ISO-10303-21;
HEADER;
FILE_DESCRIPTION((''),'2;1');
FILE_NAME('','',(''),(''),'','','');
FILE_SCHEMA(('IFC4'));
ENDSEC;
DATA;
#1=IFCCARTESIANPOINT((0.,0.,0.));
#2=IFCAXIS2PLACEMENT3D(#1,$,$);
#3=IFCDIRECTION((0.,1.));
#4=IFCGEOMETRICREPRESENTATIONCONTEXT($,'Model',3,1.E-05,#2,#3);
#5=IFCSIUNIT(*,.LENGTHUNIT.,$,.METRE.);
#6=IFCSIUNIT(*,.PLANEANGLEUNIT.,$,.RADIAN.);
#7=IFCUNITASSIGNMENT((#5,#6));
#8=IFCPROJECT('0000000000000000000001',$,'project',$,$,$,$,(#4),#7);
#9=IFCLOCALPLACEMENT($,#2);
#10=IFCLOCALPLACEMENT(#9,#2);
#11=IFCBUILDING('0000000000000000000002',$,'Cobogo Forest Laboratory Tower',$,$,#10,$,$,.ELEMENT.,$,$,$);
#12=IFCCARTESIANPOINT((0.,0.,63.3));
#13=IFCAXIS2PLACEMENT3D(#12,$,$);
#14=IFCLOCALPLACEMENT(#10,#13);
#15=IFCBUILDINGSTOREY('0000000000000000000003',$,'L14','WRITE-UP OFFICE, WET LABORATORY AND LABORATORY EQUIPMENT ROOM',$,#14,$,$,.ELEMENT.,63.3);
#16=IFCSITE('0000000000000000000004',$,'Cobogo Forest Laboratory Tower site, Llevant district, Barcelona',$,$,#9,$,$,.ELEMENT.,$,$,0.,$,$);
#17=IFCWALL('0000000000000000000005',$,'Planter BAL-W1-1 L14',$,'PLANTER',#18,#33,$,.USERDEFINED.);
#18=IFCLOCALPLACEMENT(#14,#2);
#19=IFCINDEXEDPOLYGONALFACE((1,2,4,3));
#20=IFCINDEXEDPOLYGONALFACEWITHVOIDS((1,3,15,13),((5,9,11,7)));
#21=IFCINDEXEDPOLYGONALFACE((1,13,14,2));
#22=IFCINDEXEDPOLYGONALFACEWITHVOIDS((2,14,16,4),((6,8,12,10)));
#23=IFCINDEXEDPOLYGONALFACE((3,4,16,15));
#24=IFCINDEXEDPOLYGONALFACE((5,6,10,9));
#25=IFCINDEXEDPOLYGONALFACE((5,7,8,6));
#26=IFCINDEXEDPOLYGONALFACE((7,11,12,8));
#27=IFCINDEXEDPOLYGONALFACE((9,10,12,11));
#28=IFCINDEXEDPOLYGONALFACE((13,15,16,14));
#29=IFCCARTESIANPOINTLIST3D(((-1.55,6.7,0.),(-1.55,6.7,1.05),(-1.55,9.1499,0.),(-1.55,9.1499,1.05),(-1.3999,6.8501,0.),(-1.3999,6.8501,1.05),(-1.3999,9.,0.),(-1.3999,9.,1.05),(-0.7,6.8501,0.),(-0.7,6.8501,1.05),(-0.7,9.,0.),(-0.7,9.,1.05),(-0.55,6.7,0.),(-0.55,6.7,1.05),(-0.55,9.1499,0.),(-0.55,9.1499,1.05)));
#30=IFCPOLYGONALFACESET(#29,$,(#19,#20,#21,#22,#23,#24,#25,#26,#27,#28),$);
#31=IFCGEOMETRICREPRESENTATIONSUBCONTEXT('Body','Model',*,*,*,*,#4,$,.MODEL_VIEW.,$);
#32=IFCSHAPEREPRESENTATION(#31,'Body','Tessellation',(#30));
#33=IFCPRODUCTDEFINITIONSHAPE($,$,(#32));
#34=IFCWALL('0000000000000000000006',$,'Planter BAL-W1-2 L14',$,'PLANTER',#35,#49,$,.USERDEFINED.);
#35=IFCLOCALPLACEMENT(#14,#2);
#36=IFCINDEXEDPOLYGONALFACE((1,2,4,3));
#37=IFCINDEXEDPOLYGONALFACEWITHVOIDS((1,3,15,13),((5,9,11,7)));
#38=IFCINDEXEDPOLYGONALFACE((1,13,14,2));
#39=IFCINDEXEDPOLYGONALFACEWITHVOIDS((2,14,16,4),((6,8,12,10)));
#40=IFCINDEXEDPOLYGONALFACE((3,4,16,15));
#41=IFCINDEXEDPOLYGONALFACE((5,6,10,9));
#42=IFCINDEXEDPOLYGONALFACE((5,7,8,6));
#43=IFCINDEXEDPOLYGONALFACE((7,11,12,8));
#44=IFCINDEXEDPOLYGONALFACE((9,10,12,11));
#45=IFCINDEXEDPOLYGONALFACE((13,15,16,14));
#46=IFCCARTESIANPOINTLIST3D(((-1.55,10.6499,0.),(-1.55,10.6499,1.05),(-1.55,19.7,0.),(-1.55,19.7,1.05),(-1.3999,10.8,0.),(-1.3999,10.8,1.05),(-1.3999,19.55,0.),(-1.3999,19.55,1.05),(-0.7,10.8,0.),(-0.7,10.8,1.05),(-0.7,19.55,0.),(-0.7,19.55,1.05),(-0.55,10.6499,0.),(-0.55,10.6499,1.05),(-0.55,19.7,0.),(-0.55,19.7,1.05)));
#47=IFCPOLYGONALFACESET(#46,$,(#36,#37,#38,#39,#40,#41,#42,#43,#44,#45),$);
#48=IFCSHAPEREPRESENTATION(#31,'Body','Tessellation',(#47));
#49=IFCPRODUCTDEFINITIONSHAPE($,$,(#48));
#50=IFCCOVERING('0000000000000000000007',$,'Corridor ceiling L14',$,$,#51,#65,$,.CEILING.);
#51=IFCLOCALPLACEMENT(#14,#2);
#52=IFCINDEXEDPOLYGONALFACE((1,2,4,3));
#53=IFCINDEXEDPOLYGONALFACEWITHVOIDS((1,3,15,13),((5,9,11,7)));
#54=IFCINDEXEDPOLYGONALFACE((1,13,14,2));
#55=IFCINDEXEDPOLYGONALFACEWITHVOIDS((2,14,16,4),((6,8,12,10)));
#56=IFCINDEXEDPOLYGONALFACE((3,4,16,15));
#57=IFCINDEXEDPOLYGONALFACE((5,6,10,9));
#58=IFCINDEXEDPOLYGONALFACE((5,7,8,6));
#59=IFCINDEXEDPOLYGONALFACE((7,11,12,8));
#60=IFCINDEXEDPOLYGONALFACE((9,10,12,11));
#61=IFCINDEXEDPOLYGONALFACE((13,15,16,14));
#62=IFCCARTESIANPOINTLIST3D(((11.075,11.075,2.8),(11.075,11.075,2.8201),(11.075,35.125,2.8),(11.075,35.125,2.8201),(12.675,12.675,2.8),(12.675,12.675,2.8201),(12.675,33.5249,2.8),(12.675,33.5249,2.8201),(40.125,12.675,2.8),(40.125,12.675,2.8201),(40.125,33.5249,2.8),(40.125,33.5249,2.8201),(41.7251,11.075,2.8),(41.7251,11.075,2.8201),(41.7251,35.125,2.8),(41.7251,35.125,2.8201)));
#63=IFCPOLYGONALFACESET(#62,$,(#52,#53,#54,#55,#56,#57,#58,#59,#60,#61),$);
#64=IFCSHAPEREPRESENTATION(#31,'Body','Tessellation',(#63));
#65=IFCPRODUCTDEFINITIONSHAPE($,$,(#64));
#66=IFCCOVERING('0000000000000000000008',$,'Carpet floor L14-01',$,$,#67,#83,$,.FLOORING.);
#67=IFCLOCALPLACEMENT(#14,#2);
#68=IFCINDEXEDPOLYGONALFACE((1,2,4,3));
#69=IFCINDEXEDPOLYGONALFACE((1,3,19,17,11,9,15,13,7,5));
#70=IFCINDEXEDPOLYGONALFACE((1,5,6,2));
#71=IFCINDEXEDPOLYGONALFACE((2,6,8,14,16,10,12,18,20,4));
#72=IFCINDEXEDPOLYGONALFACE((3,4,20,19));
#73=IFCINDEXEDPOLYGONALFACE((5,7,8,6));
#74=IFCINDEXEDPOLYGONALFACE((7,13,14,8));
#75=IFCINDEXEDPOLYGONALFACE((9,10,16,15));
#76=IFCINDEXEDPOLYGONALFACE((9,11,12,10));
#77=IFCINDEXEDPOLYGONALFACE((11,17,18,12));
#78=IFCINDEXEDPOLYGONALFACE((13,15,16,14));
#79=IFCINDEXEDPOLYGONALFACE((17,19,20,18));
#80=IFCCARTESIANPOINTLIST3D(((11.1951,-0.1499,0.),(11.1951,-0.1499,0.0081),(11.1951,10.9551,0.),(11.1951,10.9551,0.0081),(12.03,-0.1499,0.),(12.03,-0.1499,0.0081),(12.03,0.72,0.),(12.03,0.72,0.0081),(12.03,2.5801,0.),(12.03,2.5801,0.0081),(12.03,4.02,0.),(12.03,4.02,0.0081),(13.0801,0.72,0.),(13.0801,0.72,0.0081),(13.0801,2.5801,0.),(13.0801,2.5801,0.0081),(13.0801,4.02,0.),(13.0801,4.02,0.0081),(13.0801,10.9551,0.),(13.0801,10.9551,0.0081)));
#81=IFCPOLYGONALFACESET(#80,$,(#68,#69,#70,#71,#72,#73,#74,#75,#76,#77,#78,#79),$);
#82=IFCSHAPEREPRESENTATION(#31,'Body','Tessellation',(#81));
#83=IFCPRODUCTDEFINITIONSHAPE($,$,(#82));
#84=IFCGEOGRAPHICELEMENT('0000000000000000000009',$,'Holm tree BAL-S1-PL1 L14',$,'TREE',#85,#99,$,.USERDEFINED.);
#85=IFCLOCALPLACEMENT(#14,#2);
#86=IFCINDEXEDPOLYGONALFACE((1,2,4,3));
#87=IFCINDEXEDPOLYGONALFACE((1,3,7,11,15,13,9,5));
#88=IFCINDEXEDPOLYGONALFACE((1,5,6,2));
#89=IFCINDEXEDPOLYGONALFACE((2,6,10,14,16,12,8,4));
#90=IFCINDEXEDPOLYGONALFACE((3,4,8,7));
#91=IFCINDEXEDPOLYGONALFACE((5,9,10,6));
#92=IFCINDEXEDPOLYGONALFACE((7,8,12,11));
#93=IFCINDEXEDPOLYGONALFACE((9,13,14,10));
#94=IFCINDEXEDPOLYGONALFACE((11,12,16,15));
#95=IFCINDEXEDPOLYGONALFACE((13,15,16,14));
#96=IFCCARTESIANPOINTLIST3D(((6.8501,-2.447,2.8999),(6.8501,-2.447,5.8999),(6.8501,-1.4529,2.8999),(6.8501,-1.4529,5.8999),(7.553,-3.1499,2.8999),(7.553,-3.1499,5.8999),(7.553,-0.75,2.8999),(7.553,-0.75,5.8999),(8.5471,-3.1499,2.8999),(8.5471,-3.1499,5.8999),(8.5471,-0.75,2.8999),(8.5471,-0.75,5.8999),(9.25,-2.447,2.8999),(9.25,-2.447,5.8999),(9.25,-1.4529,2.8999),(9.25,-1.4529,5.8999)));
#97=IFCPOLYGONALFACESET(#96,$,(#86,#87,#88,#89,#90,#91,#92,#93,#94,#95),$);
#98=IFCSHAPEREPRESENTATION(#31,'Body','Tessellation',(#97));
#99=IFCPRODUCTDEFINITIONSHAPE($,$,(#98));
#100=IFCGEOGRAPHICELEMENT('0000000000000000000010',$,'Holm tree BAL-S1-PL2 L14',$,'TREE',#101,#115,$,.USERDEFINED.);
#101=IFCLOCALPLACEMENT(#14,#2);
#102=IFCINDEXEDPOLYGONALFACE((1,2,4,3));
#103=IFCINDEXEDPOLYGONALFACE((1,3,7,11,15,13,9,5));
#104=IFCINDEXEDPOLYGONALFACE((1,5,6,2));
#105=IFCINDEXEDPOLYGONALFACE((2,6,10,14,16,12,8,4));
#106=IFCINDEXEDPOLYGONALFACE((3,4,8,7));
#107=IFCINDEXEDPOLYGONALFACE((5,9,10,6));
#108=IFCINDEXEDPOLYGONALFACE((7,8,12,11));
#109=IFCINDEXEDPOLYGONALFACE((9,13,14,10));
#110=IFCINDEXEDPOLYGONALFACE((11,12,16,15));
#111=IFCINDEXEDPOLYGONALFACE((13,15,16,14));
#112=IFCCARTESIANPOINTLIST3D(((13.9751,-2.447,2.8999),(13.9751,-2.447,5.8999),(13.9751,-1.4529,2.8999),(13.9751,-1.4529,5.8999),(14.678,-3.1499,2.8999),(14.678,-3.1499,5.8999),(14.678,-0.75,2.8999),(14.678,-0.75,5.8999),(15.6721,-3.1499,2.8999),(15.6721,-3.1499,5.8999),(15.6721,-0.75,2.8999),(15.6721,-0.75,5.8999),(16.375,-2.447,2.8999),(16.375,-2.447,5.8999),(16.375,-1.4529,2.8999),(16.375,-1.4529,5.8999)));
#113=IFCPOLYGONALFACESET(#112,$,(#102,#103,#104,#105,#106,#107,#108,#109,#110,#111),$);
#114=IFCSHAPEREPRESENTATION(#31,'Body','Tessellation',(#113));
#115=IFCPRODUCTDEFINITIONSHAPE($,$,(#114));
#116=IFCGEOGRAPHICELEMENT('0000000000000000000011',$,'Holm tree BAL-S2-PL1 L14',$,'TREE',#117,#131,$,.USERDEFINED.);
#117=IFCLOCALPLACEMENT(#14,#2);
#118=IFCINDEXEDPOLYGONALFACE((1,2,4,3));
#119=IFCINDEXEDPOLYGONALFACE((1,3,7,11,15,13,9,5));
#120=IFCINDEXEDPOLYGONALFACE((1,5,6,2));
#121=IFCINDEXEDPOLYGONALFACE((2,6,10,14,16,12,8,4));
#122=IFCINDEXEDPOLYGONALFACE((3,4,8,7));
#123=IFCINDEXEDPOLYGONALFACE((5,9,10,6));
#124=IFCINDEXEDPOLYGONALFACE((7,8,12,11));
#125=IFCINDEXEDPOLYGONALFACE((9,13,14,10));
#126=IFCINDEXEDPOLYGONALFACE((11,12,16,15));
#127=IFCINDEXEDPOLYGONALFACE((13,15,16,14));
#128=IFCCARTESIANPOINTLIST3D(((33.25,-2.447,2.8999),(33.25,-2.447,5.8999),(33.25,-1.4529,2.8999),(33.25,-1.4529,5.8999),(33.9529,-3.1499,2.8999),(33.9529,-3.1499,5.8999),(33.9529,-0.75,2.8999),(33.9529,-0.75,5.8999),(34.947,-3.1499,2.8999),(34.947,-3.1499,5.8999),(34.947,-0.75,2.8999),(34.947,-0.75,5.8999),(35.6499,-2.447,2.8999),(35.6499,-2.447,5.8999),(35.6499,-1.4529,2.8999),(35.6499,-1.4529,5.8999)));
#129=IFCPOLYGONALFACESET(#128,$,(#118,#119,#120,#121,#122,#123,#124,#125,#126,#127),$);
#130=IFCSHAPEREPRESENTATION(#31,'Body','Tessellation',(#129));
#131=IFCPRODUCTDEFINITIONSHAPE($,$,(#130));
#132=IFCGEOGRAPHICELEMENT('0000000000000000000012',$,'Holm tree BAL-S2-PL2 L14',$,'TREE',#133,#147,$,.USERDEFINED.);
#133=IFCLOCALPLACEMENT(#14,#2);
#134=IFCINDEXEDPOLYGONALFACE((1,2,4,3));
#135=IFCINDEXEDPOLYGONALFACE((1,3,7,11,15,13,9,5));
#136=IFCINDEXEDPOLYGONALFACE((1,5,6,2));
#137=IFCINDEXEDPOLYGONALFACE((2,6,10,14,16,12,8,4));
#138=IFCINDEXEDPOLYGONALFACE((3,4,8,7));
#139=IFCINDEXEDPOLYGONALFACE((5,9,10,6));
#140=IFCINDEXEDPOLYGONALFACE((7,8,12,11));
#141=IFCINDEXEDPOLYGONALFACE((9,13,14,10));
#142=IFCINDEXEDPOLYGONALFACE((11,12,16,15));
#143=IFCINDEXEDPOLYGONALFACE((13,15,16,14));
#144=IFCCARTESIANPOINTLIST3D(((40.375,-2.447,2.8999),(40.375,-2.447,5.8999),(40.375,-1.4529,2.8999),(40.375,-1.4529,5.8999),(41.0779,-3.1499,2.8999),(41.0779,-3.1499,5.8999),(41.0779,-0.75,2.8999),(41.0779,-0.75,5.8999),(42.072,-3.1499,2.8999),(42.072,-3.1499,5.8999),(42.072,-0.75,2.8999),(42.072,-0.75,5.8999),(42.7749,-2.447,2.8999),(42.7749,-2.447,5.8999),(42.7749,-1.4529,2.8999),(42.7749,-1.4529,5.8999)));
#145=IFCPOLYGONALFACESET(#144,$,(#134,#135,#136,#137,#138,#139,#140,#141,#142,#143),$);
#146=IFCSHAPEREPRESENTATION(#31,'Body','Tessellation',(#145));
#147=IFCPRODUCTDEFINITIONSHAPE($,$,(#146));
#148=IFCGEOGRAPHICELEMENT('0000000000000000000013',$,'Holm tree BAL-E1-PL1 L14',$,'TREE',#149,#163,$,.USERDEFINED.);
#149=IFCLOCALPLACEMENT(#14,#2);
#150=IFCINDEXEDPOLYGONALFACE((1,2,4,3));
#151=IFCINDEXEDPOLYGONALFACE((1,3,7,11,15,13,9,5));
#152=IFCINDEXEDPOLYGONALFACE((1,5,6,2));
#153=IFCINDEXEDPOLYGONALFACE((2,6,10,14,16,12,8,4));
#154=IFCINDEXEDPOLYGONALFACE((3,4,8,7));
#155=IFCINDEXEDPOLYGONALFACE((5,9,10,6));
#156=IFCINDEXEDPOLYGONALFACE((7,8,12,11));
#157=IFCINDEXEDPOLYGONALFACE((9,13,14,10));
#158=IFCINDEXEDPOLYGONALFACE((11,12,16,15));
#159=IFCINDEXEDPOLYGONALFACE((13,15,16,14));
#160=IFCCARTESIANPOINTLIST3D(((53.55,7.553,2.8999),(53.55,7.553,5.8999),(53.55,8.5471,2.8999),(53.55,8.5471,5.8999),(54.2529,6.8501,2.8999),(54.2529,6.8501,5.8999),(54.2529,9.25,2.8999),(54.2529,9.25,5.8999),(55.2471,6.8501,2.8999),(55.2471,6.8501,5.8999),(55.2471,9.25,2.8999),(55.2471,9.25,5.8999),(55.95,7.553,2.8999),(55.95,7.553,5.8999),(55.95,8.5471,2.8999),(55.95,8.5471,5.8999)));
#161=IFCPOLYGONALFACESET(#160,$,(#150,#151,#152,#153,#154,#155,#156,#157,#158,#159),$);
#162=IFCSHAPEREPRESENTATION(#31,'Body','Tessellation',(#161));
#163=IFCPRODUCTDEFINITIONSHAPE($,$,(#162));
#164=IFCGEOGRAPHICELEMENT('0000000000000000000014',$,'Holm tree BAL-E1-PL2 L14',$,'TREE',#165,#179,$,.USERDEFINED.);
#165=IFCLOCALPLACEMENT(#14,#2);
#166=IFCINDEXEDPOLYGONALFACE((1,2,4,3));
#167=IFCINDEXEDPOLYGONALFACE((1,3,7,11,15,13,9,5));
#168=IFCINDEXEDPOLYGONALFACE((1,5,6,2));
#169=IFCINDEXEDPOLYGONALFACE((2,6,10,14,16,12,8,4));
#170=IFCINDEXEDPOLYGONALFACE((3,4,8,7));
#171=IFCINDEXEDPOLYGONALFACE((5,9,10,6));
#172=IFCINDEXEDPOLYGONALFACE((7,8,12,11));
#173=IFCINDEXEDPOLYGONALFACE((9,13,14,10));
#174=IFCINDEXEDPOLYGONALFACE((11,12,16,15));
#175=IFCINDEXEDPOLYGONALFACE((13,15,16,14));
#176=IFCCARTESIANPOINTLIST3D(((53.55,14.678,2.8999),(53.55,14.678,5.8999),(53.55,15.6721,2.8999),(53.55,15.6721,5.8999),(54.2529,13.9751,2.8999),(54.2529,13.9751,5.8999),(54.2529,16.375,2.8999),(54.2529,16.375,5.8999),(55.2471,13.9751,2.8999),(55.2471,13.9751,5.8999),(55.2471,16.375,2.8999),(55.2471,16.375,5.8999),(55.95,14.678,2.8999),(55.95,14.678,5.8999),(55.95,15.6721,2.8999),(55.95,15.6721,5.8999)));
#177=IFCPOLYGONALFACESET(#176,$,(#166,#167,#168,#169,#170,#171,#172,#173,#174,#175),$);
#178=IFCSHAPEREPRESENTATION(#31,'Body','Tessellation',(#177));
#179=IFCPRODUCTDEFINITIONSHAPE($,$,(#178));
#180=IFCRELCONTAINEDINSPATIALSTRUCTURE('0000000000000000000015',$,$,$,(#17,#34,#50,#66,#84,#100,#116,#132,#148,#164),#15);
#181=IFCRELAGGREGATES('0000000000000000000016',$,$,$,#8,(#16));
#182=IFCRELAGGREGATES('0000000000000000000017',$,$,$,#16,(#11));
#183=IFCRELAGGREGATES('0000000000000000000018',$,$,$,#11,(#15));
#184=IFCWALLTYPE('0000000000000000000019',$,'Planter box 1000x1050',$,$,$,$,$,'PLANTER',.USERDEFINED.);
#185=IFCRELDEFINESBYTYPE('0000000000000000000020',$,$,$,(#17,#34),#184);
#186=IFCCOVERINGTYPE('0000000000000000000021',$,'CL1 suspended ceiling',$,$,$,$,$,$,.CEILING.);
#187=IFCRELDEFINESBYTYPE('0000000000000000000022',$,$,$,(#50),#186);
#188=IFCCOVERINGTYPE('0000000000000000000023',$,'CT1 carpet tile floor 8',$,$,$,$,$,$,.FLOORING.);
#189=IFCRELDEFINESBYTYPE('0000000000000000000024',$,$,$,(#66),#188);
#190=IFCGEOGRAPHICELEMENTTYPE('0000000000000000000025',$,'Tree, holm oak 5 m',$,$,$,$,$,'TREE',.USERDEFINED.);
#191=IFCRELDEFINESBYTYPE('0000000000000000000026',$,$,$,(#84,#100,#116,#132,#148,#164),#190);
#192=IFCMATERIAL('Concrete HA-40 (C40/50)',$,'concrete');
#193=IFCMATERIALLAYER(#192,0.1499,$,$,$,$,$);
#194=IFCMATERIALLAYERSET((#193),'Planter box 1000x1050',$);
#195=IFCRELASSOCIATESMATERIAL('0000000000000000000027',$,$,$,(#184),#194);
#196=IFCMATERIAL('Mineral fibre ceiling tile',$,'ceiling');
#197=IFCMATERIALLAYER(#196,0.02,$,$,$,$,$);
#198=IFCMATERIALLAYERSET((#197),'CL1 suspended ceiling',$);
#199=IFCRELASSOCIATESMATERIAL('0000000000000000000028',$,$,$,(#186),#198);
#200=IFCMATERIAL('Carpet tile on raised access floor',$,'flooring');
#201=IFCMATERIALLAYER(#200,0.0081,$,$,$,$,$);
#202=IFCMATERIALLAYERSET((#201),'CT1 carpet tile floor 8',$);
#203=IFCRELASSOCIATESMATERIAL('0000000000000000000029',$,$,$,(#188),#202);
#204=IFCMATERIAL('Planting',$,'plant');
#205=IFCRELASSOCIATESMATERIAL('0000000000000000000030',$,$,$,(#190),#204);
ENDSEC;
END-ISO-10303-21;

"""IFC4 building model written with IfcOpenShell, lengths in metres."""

from ifc_helpers import new_model, si_unit, direction, frame, origin, place, context, subcontext, project, spatial, polyline, outline, extrude, material, layer, layer_set, type_object, element, save


model = new_model("IFC4")

# Units and contexts
model_context = context("Model", 3, precision=1e-05, world=origin(), true_north=direction((0.0, 1.0)))
body_context = subcontext(model_context, "Body", "Model", "MODEL_VIEW")
ifc_project = project(units=[si_unit("LENGTHUNIT", "METRE"), si_unit("PLANEANGLEUNIT", "RADIAN")], contexts=[model_context])

# Site, building, storey
site_placement = place(None, origin())
site = spatial("IfcSite", under=ifc_project, at=site_placement, Name="Cobogo Forest Laboratory Tower site, Llevant district, Barcelona", CompositionType="ELEMENT", RefElevation=0.0)
building_placement = place(site_placement, origin())
building = spatial("IfcBuilding", under=site, at=building_placement, Name="Cobogo Forest Laboratory Tower", CompositionType="ELEMENT")
storey_placement = place(building_placement, frame((0.0, 0.0, 63.3)))
storey = spatial("IfcBuildingStorey", under=building, at=storey_placement, Name="L14", Description="WRITE-UP OFFICE, WET LABORATORY AND LABORATORY EQUIPMENT ROOM", CompositionType="ELEMENT", Elevation=63.3)

# Shared definitions
ifc_material_1 = material(Name="Concrete HA-40 (C40/50)", Category="concrete")

# Walls
ifc_layer_1 = layer(ifc_material_1, 0.1499)
ifc_layer_set_1 = layer_set([ifc_layer_1], Name="Planter box 1000x1050")
wall_type = type_object("IfcWallType", Name="Planter box 1000x1050", ElementType="PLANTER", PredefinedType="USERDEFINED", material=ifc_layer_set_1)
wall_1_placement = place(storey_placement, origin())
element("IfcWall", 1, at=wall_1_placement, inside=storey, type_object=wall_type, Name="Planter BAL-W1-1 L14", ObjectType="PLANTER", PredefinedType="USERDEFINED", context=body_context, shape_type="SweptSolid", body=[
    extrude(outline(polyline([(-1.55, 6.7), (-0.55, 6.7), (-0.55, 9.1499), (-1.55, 9.1499), (-1.55, 6.7)]), holes=[polyline([(-1.3999, 6.8501), (-0.7, 6.8501), (-0.7, 9.0), (-1.3999, 9.0), (-1.3999, 6.8501)])]), origin(), (0.0, 0.0, 1.0), 1.05),
])
wall_2_placement = place(storey_placement, origin())
element("IfcWall", 2, at=wall_2_placement, inside=storey, type_object=wall_type, Name="Planter BAL-W1-2 L14", ObjectType="PLANTER", PredefinedType="USERDEFINED", context=body_context, shape_type="SweptSolid", body=[
    extrude(outline(polyline([(-1.55, 10.6499), (-0.55, 10.6499), (-0.55, 19.7), (-1.55, 19.7), (-1.55, 10.6499)]), holes=[polyline([(-1.3999, 10.8), (-0.7, 10.8), (-0.7, 19.55), (-1.3999, 19.55), (-1.3999, 10.8)])]), origin(), (0.0, 0.0, 1.0), 1.05),
])

# Coverings
ifc_material_2 = material(Name="Mineral fibre ceiling tile", Category="ceiling")
ifc_layer_2 = layer(ifc_material_2, 0.02)
ifc_layer_set_2 = layer_set([ifc_layer_2], Name="CL1 suspended ceiling")
covering_type_1 = type_object("IfcCoveringType", Name="CL1 suspended ceiling", PredefinedType="CEILING", material=ifc_layer_set_2)
covering_1_placement = place(storey_placement, frame((0.0, 0.0, 2.8)))
element("IfcCovering", 3, at=covering_1_placement, inside=storey, type_object=covering_type_1, Name="Corridor ceiling L14", PredefinedType="CEILING", context=body_context, shape_type="SweptSolid", body=[
    extrude(outline(polyline([(11.075, 11.075), (11.075, 35.125), (41.7251, 35.125), (41.7251, 11.075), (11.075, 11.075)]), holes=[polyline([(40.125, 33.5249), (12.675, 33.5249), (12.675, 12.675), (40.125, 12.675), (40.125, 33.5249)])]), origin(), (0.0, 0.0, 1.0), 0.02),
])
ifc_material_3 = material(Name="Carpet tile on raised access floor", Category="flooring")
ifc_layer_3 = layer(ifc_material_3, 0.0081)
ifc_layer_set_3 = layer_set([ifc_layer_3], Name="CT1 carpet tile floor 8")
covering_type_2 = type_object("IfcCoveringType", Name="CT1 carpet tile floor 8", PredefinedType="FLOORING", material=ifc_layer_set_3)
covering_2_placement = place(storey_placement, origin())
element("IfcCovering", 4, at=covering_2_placement, inside=storey, type_object=covering_type_2, Name="Carpet floor L14-01", PredefinedType="FLOORING", context=body_context, shape_type="SweptSolid", body=[
    extrude(outline(polyline([(13.0801, 10.9551), (13.0801, 4.02), (12.03, 4.02), (12.03, 2.5801), (13.0801, 2.5801), (13.0801, 0.72), (12.03, 0.72), (12.03, -0.1499), (11.1951, -0.1499), (11.1951, 10.9551), (13.0801, 10.9551)])), origin(), (0.0, 0.0, 1.0), 0.0081),
])

# Geographic elements
ifc_material_4 = material(Name="Planting", Category="plant")
geographic_element_type = type_object("IfcGeographicElementType", Name="Tree, holm oak 5 m", ElementType="TREE", PredefinedType="USERDEFINED", material=ifc_material_4)
geographic_element_1_placement = place(storey_placement, frame((0.0, 0.0, 2.8999)))
element("IfcGeographicElement", 5, at=geographic_element_1_placement, inside=storey, type_object=geographic_element_type, Name="Holm tree BAL-S1-PL1 L14", ObjectType="TREE", PredefinedType="USERDEFINED", context=body_context, shape_type="SweptSolid", body=[
    extrude(outline(polyline([(9.25, -2.447), (9.25, -1.4529), (8.5471, -0.75), (7.553, -0.75), (6.8501, -1.4529), (6.8501, -2.447), (7.553, -3.1499), (8.5471, -3.1499), (9.25, -2.447)])), origin(), (0.0, 0.0, 1.0), 3.0),
])
geographic_element_2_placement = place(storey_placement, frame((0.0, 0.0, 2.8999)))
element("IfcGeographicElement", 6, at=geographic_element_2_placement, inside=storey, type_object=geographic_element_type, Name="Holm tree BAL-S1-PL2 L14", ObjectType="TREE", PredefinedType="USERDEFINED", context=body_context, shape_type="SweptSolid", body=[
    extrude(outline(polyline([(16.375, -2.447), (16.375, -1.4529), (15.6721, -0.75), (14.678, -0.75), (13.9751, -1.4529), (13.9751, -2.447), (14.678, -3.1499), (15.6721, -3.1499), (16.375, -2.447)])), origin(), (0.0, 0.0, 1.0), 3.0),
])
geographic_element_3_placement = place(storey_placement, frame((0.0, 0.0, 2.8999)))
element("IfcGeographicElement", 7, at=geographic_element_3_placement, inside=storey, type_object=geographic_element_type, Name="Holm tree BAL-S2-PL1 L14", ObjectType="TREE", PredefinedType="USERDEFINED", context=body_context, shape_type="SweptSolid", body=[
    extrude(outline(polyline([(35.6499, -2.447), (35.6499, -1.4529), (34.947, -0.75), (33.9529, -0.75), (33.25, -1.4529), (33.25, -2.447), (33.9529, -3.1499), (34.947, -3.1499), (35.6499, -2.447)])), origin(), (0.0, 0.0, 1.0), 3.0),
])
geographic_element_4_placement = place(storey_placement, frame((0.0, 0.0, 2.8999)))
element("IfcGeographicElement", 8, at=geographic_element_4_placement, inside=storey, type_object=geographic_element_type, Name="Holm tree BAL-S2-PL2 L14", ObjectType="TREE", PredefinedType="USERDEFINED", context=body_context, shape_type="SweptSolid", body=[
    extrude(outline(polyline([(42.7749, -2.447), (42.7749, -1.4529), (42.072, -0.75), (41.0779, -0.75), (40.375, -1.4529), (40.375, -2.447), (41.0779, -3.1499), (42.072, -3.1499), (42.7749, -2.447)])), origin(), (0.0, 0.0, 1.0), 3.0),
])
geographic_element_5_placement = place(storey_placement, frame((0.0, 0.0, 2.8999)))
element("IfcGeographicElement", 9, at=geographic_element_5_placement, inside=storey, type_object=geographic_element_type, Name="Holm tree BAL-E1-PL1 L14", ObjectType="TREE", PredefinedType="USERDEFINED", context=body_context, shape_type="SweptSolid", body=[
    extrude(outline(polyline([(55.95, 7.553), (55.95, 8.5471), (55.2471, 9.25), (54.2529, 9.25), (53.55, 8.5471), (53.55, 7.553), (54.2529, 6.8501), (55.2471, 6.8501), (55.95, 7.553)])), origin(), (0.0, 0.0, 1.0), 3.0),
])
geographic_element_6_placement = place(storey_placement, frame((0.0, 0.0, 2.8999)))
element("IfcGeographicElement", 10, at=geographic_element_6_placement, inside=storey, type_object=geographic_element_type, Name="Holm tree BAL-E1-PL2 L14", ObjectType="TREE", PredefinedType="USERDEFINED", context=body_context, shape_type="SweptSolid", body=[
    extrude(outline(polyline([(55.95, 14.678), (55.95, 15.6721), (55.2471, 16.375), (54.2529, 16.375), (53.55, 15.6721), (53.55, 14.678), (54.2529, 13.9751), (55.2471, 13.9751), (55.95, 14.678)])), origin(), (0.0, 0.0, 1.0), 3.0),
])

save(model, "model.ifc")
